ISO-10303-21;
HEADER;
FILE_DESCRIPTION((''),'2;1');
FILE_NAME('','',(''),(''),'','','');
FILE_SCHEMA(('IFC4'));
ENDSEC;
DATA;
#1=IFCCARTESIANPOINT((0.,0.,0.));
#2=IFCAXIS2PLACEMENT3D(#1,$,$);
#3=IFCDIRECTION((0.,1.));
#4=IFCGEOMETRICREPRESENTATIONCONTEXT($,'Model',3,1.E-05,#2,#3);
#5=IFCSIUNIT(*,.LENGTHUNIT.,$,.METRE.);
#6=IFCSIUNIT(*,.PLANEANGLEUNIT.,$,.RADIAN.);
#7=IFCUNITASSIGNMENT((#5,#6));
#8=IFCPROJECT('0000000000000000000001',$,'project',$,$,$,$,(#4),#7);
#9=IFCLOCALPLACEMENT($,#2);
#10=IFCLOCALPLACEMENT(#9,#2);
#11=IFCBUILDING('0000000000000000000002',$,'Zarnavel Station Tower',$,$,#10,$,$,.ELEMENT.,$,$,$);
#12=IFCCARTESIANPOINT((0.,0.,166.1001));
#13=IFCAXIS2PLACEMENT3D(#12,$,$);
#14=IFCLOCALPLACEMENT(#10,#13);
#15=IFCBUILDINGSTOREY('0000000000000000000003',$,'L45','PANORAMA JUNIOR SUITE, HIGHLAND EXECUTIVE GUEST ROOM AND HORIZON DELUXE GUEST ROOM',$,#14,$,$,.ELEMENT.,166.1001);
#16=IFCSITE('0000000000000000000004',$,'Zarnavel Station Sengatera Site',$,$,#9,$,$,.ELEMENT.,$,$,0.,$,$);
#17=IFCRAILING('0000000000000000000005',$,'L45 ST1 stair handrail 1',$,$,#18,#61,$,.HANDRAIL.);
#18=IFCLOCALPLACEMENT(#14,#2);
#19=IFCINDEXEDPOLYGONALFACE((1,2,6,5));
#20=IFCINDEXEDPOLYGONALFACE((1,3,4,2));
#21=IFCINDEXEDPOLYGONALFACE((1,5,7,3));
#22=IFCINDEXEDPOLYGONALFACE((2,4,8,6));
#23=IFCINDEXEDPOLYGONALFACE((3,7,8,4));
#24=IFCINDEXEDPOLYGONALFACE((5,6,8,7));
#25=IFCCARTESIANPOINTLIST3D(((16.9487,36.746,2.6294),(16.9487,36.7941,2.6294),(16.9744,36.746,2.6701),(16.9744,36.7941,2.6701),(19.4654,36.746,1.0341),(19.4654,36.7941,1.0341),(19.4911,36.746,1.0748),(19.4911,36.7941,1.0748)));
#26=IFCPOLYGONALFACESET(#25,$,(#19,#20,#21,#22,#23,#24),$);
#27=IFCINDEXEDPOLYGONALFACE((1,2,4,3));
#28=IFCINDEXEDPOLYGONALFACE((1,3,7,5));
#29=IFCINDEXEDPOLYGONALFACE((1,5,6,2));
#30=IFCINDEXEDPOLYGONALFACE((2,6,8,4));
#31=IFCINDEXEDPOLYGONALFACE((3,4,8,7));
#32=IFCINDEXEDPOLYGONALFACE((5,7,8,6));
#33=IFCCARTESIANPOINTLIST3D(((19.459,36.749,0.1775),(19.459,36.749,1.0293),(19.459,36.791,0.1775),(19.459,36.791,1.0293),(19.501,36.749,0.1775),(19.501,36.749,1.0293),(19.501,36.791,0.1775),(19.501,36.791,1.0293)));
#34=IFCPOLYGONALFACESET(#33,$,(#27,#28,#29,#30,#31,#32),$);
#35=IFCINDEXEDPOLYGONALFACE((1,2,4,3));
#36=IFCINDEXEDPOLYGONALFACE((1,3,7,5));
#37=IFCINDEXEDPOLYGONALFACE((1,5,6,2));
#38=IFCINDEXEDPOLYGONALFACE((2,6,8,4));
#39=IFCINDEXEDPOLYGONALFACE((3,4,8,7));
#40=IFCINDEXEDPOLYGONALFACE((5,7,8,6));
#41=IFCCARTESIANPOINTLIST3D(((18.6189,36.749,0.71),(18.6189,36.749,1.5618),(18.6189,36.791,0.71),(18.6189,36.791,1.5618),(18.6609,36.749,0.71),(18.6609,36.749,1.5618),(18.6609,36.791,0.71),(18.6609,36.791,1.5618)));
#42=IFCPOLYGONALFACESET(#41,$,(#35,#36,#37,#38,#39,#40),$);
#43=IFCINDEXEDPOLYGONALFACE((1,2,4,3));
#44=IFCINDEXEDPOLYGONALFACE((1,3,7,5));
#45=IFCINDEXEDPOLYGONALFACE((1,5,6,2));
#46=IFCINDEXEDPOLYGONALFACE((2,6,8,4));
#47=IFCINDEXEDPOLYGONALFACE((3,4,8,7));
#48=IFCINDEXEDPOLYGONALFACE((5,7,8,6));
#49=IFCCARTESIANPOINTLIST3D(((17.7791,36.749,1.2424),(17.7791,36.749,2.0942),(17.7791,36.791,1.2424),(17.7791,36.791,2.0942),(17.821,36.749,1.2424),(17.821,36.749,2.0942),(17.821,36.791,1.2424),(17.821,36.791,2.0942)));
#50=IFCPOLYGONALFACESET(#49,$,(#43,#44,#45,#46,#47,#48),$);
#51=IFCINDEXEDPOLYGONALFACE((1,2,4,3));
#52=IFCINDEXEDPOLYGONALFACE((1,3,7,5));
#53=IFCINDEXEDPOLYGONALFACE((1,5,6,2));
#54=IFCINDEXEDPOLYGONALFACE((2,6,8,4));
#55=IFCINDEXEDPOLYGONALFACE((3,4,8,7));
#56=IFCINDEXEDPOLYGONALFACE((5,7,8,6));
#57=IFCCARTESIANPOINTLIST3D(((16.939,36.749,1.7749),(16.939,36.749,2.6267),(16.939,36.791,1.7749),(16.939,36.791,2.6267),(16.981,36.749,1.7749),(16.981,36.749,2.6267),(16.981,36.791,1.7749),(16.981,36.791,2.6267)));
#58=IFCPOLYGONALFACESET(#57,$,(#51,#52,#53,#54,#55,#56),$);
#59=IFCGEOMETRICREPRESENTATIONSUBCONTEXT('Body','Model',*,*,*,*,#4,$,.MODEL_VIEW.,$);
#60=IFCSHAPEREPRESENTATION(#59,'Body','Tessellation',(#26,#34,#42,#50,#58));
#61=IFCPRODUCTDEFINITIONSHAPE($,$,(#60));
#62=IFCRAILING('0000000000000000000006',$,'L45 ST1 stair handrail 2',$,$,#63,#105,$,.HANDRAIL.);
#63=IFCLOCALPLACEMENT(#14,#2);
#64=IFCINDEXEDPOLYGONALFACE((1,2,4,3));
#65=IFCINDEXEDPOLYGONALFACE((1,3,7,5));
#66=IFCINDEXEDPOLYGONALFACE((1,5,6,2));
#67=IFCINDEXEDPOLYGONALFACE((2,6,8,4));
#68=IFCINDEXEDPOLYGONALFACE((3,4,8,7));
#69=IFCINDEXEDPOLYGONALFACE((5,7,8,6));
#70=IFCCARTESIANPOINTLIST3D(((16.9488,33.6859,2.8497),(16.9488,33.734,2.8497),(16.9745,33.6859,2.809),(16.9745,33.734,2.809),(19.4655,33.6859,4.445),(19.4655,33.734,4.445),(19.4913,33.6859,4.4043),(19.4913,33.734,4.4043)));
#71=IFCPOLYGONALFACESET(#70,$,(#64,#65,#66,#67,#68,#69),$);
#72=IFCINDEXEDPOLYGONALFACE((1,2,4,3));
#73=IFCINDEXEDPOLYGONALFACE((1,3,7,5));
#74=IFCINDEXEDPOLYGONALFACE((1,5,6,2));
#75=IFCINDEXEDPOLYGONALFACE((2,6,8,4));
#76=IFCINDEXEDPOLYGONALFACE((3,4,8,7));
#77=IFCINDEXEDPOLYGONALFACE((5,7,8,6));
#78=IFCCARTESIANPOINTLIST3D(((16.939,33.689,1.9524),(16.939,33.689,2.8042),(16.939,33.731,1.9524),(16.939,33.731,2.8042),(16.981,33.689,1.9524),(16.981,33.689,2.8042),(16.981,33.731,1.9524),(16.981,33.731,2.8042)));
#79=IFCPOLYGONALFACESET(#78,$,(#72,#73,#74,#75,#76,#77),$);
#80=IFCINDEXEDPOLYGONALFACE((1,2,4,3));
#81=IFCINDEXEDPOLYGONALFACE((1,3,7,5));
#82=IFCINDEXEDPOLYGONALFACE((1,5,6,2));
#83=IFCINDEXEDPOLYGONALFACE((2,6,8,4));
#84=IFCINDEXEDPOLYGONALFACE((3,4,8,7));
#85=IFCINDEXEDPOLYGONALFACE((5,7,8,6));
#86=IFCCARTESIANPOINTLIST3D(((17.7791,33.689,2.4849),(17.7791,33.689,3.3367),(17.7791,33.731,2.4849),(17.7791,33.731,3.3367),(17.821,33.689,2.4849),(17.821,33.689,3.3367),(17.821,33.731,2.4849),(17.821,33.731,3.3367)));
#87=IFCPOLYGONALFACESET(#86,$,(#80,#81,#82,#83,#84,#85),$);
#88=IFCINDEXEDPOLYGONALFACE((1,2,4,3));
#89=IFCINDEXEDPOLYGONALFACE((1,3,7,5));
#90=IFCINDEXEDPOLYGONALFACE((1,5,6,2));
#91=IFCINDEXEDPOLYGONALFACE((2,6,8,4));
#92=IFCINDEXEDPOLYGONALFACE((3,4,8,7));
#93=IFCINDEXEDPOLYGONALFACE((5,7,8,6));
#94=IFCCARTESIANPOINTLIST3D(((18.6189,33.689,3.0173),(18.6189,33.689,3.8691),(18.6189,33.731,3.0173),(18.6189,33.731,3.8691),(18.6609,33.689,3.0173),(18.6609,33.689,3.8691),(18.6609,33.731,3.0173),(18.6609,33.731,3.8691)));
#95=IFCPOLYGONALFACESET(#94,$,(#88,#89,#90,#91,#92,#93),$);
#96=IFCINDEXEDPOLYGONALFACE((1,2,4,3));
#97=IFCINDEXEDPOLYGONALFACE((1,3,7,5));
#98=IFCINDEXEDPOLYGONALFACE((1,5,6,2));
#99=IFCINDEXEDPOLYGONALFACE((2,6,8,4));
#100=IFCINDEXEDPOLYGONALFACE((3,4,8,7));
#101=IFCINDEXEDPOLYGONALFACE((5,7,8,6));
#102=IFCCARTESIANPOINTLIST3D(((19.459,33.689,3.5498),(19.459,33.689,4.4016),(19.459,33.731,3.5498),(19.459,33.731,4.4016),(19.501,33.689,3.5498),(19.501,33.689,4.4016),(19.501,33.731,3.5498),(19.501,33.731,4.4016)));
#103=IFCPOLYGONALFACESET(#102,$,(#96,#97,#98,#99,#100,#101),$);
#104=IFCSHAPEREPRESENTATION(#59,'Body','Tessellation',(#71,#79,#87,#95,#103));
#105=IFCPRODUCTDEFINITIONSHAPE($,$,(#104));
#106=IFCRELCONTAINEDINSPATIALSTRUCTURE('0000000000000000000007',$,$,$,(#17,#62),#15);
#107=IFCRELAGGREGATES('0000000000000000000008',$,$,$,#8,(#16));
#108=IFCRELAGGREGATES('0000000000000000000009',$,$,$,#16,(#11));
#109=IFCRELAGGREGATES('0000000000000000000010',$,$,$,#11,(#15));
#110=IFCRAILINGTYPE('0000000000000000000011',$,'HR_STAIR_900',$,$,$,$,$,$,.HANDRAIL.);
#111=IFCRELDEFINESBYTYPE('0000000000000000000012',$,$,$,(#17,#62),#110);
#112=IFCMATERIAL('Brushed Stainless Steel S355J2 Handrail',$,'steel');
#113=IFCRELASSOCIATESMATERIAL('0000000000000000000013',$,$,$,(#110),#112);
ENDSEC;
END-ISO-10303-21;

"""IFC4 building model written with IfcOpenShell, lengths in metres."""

from ifc_helpers import new_model, si_unit, direction, frame, origin, origin_2d, place, context, subcontext, project, spatial, rectangle, extrude, material, type_object, element, save


model = new_model("IFC4")

# Units and contexts
model_context = context("Model", 3, precision=1e-05, world=origin(), true_north=direction((0.0, 1.0)))
body_context = subcontext(model_context, "Body", "Model", "MODEL_VIEW")
ifc_project = project(units=[si_unit("LENGTHUNIT", "METRE"), si_unit("PLANEANGLEUNIT", "RADIAN")], contexts=[model_context])

# Site, building, storey
site_placement = place(None, origin())
site = spatial("IfcSite", under=ifc_project, at=site_placement, Name="Zarnavel Station Sengatera Site", CompositionType="ELEMENT", RefElevation=0.0)
building_placement = place(site_placement, origin())
building = spatial("IfcBuilding", under=site, at=building_placement, Name="Zarnavel Station Tower", CompositionType="ELEMENT")
storey_placement = place(building_placement, frame((0.0, 0.0, 166.1001)))
storey = spatial("IfcBuildingStorey", under=building, at=storey_placement, Name="L45", Description="PANORAMA JUNIOR SUITE, HIGHLAND EXECUTIVE GUEST ROOM AND HORIZON DELUXE GUEST ROOM", CompositionType="ELEMENT", Elevation=166.1001)

# Railings
ifc_material_1 = material(Name="Brushed Stainless Steel S355J2 Handrail", Category="steel")
railing_type_1 = type_object("IfcRailingType", Name="HR_STAIR_900", PredefinedType="HANDRAIL", material=ifc_material_1)
railing_1_placement = place(storey_placement, frame((19.48, 36.77, 0.1775)))
element("IfcRailing", 1, at=railing_1_placement, inside=storey, type_object=railing_type_1, Name="L45 ST1 stair handrail 1", PredefinedType="HANDRAIL", context=body_context, shape_type="SweptSolid", body=[
    extrude(rectangle(XDim=0.0481, YDim=0.0481, at=origin_2d()), frame((-0.0017, 0.0, 0.877), z_axis=(-0.844607, 0.0, 0.535387), x_axis=(0.0, -1.0, 0.0)), (0.0, 0.0, 1.0), 2.9797),
    extrude(rectangle(XDim=0.042, YDim=0.042, at=origin_2d()), origin(), (0.0, 0.0, 1.0), 0.8518),
    extrude(rectangle(XDim=0.042, YDim=0.042, at=origin_2d()), frame((-0.8401, 0.0, 0.5325)), (0.0, 0.0, 1.0), 0.8518),
    extrude(rectangle(XDim=0.042, YDim=0.042, at=origin_2d()), frame((-1.6799, 0.0, 1.0649)), (0.0, 0.0, 1.0), 0.8518),
    extrude(rectangle(XDim=0.042, YDim=0.042, at=origin_2d()), frame((-2.52, 0.0, 1.5974)), (0.0, 0.0, 1.0), 0.8518),
])
railing_2_placement = place(storey_placement, frame((16.96, 33.71, 1.9524)))
element("IfcRailing", 2, at=railing_2_placement, inside=storey, type_object=railing_type_1, Name="L45 ST1 stair handrail 2", PredefinedType="HANDRAIL", context=body_context, shape_type="SweptSolid", body=[
    extrude(rectangle(XDim=0.0481, YDim=0.0481, at=origin_2d()), frame((0.0017, 0.0, 0.877), z_axis=(0.844607, 0.0, 0.535387), x_axis=(0.0, 1.0, 0.0)), (0.0, 0.0, 1.0), 2.9797),
    extrude(rectangle(XDim=0.042, YDim=0.042, at=origin_2d()), origin(), (0.0, 0.0, 1.0), 0.8518),
    extrude(rectangle(XDim=0.042, YDim=0.042, at=origin_2d()), frame((0.8401, 0.0, 0.5325)), (0.0, 0.0, 1.0), 0.8518),
    extrude(rectangle(XDim=0.042, YDim=0.042, at=origin_2d()), frame((1.6799, 0.0, 1.0649)), (0.0, 0.0, 1.0), 0.8518),
    extrude(rectangle(XDim=0.042, YDim=0.042, at=origin_2d()), frame((2.52, 0.0, 1.5974)), (0.0, 0.0, 1.0), 0.8518),
])

save(model, "model.ifc")
